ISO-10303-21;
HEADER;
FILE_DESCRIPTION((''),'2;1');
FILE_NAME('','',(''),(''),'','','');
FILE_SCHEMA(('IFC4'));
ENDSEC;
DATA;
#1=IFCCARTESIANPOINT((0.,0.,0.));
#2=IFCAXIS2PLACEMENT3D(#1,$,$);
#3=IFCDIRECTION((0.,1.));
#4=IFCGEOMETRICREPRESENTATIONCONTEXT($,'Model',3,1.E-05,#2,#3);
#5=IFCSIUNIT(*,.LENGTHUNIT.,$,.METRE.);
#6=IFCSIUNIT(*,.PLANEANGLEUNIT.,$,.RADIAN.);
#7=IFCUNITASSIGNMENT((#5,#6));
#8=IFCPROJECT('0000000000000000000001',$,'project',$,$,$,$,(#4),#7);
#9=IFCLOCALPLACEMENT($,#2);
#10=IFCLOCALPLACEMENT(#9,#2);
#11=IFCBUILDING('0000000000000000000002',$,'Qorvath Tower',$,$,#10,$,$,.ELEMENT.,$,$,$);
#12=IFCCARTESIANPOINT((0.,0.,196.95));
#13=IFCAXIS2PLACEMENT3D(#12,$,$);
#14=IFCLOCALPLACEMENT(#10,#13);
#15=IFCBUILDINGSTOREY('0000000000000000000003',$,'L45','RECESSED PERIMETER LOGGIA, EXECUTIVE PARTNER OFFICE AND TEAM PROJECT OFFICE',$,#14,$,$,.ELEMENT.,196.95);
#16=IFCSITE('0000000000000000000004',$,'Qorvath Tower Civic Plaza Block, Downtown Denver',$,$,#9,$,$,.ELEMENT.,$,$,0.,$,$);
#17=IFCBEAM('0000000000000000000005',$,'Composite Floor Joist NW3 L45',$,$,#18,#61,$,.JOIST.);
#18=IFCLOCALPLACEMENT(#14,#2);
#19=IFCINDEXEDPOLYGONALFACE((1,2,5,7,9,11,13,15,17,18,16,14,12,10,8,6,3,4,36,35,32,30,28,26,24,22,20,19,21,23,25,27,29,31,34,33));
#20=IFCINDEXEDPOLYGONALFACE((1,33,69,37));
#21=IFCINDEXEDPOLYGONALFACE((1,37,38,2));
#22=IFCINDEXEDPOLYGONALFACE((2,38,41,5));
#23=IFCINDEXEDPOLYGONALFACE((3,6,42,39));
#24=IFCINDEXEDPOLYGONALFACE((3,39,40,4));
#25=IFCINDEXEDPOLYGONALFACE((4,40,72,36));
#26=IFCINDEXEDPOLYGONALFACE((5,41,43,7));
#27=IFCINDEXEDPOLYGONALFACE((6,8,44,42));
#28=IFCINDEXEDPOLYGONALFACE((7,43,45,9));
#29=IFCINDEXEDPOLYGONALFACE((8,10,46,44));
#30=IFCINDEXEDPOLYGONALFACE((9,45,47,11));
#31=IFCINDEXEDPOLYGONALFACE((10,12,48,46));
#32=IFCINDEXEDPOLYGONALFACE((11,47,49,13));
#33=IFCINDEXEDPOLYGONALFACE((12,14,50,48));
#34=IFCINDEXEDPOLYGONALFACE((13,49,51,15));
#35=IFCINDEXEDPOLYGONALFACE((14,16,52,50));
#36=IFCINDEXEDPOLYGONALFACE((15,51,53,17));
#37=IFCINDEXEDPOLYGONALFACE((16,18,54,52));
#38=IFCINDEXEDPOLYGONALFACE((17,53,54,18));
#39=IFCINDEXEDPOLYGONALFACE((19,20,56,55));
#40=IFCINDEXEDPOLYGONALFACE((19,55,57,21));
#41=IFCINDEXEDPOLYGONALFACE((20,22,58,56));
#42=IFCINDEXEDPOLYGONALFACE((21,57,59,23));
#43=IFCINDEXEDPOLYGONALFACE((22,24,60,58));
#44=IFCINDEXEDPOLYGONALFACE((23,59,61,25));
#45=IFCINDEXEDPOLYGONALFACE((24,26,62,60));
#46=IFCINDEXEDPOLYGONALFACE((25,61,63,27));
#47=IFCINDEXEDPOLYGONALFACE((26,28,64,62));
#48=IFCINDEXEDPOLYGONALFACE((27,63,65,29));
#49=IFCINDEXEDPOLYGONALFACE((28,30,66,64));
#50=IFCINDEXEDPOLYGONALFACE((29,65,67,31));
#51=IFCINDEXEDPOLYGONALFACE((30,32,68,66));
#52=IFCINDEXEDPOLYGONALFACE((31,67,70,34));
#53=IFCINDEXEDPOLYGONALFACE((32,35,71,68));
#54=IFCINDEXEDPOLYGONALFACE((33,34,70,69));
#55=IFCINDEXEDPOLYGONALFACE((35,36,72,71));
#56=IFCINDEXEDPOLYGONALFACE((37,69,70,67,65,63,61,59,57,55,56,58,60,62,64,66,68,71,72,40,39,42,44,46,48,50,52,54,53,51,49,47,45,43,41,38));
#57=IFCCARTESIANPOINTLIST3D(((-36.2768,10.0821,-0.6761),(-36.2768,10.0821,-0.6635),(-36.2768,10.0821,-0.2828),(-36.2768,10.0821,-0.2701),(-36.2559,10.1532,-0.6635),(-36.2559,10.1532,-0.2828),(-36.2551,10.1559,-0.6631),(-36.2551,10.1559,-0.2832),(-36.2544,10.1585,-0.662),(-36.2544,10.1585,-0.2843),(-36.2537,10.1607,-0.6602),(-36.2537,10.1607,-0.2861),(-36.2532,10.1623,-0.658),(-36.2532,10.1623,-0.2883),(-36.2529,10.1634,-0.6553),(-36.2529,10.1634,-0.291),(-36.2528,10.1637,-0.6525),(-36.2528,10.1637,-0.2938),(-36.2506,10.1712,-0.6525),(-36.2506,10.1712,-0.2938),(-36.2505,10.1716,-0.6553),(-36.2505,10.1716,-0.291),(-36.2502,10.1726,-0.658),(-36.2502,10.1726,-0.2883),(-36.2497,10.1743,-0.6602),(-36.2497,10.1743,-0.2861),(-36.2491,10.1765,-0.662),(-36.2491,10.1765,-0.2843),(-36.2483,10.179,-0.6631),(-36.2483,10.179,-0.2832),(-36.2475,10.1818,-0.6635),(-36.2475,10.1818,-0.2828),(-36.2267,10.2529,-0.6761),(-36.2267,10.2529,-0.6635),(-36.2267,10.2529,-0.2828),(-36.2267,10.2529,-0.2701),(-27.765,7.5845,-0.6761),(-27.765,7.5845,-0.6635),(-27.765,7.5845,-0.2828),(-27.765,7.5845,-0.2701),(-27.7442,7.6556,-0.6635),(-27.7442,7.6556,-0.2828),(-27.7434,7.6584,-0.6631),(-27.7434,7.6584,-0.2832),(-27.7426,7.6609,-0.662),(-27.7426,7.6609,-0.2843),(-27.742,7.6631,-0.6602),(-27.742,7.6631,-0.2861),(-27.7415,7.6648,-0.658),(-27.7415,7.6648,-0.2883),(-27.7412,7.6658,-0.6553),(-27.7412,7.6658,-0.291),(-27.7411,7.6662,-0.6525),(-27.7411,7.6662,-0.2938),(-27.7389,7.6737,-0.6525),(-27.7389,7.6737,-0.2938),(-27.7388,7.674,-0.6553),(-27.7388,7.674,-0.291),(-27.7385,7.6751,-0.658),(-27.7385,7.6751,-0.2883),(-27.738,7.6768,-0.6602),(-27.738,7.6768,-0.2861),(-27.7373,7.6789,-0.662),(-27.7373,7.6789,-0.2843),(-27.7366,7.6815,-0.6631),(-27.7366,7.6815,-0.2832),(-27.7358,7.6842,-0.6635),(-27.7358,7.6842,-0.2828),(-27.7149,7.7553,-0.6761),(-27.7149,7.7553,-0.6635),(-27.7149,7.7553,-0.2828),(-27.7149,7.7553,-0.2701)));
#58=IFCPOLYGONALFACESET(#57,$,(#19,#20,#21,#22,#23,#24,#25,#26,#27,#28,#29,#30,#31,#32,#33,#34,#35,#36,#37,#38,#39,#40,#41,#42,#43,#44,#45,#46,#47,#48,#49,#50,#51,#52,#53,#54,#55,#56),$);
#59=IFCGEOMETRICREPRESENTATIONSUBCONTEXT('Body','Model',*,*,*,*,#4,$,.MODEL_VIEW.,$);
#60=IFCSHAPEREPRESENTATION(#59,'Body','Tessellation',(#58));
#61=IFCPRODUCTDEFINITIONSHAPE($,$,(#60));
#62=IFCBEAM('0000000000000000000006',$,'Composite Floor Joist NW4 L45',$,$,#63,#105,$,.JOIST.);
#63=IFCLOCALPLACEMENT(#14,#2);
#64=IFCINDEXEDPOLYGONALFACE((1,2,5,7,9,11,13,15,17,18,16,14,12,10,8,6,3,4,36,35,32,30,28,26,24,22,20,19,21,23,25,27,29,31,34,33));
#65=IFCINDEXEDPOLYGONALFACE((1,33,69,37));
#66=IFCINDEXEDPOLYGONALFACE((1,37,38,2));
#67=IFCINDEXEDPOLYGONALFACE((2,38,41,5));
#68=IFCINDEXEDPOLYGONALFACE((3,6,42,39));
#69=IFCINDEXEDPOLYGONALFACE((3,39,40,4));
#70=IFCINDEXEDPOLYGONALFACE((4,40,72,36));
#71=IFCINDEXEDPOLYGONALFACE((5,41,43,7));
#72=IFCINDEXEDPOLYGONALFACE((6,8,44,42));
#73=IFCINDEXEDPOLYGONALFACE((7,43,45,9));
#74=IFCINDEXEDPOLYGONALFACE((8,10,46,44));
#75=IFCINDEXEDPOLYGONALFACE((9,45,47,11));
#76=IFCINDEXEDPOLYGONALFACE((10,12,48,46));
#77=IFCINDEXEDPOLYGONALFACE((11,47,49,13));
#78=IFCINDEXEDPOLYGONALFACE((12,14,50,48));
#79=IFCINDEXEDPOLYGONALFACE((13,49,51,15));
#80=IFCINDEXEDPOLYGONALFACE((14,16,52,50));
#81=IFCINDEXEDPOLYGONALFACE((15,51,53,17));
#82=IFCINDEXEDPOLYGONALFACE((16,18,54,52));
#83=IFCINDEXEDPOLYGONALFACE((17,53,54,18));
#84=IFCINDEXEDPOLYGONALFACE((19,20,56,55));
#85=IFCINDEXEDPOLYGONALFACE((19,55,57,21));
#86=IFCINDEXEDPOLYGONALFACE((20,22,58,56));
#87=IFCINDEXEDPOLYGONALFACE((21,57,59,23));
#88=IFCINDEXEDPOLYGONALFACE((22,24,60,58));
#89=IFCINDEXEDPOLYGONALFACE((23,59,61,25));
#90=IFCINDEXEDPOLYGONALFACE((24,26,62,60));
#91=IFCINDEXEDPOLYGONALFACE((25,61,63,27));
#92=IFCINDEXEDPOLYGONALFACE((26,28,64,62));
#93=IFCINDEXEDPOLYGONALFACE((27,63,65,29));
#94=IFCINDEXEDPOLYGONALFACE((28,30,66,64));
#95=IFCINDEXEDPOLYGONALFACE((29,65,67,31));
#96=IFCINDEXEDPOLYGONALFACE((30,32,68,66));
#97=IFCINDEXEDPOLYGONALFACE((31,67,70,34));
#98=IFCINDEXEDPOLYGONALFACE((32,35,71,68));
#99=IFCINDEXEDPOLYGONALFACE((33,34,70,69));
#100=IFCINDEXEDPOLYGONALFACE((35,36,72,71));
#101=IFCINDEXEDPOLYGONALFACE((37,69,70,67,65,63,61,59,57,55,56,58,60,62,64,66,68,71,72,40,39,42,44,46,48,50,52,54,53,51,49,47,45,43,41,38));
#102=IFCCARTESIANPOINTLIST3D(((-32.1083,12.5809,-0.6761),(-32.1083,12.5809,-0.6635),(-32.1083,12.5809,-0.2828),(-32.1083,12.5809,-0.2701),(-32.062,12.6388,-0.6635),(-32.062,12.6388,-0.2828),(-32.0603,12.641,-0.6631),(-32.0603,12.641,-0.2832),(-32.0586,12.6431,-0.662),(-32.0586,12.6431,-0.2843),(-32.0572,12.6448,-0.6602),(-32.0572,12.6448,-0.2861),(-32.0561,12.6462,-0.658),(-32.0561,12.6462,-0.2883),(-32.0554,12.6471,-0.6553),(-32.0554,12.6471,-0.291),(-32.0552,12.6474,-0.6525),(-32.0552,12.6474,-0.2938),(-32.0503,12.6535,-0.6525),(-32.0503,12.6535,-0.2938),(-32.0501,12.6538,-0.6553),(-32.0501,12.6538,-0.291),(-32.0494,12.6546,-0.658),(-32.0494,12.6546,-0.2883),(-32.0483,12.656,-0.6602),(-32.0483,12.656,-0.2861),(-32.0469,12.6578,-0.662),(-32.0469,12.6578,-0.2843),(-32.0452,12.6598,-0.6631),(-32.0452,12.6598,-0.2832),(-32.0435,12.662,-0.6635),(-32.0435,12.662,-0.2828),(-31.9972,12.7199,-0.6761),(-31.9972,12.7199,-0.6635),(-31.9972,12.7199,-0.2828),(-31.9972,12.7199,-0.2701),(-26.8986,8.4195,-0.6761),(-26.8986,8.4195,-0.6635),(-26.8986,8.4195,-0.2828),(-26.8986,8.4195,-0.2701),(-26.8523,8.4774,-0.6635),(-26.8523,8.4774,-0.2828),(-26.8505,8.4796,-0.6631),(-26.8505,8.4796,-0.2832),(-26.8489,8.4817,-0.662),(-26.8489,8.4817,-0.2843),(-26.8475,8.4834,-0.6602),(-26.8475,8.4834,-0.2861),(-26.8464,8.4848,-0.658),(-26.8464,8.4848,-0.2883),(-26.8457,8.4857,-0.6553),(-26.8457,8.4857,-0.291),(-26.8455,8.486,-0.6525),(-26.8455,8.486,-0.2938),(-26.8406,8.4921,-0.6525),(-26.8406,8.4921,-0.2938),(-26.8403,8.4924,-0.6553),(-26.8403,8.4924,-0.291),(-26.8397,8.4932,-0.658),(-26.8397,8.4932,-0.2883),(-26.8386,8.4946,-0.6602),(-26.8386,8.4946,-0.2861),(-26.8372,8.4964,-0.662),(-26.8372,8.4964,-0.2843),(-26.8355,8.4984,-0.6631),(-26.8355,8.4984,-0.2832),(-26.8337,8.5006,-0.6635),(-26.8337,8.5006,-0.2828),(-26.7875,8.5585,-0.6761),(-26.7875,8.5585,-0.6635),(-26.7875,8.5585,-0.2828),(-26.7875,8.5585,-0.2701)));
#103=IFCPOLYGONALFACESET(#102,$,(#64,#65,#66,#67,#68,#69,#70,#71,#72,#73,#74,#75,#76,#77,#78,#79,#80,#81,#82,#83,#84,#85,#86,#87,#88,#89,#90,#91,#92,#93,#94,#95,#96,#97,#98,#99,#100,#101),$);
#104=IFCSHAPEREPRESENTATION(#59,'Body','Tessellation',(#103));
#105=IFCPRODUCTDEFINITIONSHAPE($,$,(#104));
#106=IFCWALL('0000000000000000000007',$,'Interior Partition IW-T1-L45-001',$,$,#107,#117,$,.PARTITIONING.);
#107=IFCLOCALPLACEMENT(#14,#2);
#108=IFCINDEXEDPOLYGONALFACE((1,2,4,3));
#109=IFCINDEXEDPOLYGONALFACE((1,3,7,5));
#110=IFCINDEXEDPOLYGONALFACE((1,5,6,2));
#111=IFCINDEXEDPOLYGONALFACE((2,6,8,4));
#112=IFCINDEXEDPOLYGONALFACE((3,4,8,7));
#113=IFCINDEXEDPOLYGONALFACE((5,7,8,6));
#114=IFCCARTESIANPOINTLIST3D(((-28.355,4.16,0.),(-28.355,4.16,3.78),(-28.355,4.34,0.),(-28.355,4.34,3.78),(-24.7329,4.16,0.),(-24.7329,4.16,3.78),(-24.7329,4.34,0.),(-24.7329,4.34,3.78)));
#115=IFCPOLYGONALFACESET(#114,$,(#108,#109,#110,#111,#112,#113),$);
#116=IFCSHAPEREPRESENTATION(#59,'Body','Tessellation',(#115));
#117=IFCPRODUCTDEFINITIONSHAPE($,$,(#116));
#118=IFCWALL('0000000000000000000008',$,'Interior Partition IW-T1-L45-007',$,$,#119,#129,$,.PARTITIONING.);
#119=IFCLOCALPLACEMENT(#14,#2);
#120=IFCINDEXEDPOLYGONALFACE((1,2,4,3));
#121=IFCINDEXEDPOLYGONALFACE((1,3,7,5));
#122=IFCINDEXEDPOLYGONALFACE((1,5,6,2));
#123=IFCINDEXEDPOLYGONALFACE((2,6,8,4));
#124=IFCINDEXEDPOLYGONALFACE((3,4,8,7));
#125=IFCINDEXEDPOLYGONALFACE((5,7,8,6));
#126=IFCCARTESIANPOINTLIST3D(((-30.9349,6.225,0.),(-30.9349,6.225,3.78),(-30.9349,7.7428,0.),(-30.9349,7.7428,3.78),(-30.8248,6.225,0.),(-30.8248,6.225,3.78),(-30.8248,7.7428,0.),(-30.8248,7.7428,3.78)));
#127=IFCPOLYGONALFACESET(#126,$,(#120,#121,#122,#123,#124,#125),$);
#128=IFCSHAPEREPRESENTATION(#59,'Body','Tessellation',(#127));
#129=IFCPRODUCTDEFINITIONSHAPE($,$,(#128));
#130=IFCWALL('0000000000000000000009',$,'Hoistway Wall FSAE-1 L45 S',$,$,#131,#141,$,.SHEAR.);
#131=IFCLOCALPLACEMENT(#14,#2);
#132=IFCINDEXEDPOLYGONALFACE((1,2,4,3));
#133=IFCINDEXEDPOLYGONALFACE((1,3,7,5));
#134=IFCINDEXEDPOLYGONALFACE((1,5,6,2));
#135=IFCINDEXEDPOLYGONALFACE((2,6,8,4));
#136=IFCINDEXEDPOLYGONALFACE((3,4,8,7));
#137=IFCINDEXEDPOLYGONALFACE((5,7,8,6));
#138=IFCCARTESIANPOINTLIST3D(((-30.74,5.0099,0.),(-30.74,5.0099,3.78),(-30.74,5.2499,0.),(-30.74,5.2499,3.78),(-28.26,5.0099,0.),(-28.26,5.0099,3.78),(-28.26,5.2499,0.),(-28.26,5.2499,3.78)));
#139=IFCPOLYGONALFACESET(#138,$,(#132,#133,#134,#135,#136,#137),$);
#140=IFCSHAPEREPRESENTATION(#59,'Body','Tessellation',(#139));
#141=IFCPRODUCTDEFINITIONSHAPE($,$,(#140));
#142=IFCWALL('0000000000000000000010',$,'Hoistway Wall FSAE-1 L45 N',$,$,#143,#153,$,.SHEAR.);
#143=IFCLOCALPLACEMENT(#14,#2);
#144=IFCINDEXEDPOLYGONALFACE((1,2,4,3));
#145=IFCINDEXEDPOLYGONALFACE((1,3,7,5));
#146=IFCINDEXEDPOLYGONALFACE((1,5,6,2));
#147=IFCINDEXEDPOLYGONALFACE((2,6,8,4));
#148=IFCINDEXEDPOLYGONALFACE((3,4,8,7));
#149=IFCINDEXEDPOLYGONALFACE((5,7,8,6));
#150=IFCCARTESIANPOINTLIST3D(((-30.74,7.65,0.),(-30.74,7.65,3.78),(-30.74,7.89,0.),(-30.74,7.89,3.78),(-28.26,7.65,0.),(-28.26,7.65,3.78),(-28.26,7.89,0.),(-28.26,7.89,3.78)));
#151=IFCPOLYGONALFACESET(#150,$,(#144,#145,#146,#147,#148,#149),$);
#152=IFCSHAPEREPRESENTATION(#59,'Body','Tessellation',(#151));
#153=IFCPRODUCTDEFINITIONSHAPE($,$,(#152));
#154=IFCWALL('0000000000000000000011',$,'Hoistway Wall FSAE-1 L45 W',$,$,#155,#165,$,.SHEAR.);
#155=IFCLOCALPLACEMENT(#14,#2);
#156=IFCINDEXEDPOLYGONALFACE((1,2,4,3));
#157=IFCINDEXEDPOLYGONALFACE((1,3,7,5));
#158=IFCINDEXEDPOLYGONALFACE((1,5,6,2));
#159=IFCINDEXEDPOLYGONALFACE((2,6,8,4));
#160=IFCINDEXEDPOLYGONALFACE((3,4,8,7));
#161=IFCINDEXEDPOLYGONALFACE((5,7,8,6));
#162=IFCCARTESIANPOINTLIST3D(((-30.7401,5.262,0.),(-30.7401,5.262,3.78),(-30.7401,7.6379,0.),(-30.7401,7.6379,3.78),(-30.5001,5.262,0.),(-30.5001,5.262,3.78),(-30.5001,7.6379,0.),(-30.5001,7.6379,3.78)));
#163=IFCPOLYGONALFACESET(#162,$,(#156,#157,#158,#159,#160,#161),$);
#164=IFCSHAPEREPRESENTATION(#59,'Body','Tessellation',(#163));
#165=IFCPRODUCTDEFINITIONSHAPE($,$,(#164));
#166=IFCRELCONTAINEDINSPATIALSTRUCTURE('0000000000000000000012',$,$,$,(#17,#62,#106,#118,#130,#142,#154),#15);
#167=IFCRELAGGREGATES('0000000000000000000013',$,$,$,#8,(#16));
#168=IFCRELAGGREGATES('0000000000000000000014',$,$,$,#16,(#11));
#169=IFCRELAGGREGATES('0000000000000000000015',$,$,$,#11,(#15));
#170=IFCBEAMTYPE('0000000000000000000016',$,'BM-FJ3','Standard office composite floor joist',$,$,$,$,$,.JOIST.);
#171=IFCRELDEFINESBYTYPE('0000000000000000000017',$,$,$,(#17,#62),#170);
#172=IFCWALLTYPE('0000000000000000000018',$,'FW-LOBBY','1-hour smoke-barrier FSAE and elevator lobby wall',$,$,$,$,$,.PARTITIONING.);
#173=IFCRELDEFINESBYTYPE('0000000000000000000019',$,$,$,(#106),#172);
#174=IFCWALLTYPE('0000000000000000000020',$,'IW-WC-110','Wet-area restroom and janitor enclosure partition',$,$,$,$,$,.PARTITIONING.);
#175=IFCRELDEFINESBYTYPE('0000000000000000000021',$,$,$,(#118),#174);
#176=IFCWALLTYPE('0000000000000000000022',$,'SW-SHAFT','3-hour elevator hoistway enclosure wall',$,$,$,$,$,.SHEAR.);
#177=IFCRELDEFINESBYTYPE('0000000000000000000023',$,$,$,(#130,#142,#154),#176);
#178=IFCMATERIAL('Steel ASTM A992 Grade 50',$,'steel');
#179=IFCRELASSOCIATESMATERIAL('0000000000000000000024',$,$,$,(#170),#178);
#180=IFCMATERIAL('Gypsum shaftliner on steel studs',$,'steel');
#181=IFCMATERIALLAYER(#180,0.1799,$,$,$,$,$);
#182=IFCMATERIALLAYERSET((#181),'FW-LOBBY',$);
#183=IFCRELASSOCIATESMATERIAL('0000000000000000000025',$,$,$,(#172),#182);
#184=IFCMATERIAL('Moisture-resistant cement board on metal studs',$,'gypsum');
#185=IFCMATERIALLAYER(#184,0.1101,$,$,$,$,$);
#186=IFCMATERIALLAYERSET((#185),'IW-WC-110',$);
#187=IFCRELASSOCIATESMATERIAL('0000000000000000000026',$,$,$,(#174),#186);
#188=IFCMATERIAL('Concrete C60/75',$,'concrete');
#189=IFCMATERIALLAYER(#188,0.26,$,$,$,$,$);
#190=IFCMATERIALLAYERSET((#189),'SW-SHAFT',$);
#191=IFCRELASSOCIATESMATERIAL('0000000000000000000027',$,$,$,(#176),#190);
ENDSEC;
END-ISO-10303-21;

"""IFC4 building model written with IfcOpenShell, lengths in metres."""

from ifc_helpers import new_model, si_unit, direction, frame, frame_2d, origin, origin_2d, place, context, subcontext, project, spatial, rectangle, i_section, extrude, material, layer, layer_set, material_profile, profile_set, type_object, element, save


model = new_model("IFC4")

# Units and contexts
model_context = context("Model", 3, precision=1e-05, world=origin(), true_north=direction((0.0, 1.0)))
body_context = subcontext(model_context, "Body", "Model", "MODEL_VIEW")
ifc_project = project(units=[si_unit("LENGTHUNIT", "METRE"), si_unit("PLANEANGLEUNIT", "RADIAN")], contexts=[model_context])

# Site, building, storey
site_placement = place(None, origin())
site = spatial("IfcSite", under=ifc_project, at=site_placement, Name="Qorvath Tower Civic Plaza Block, Downtown Denver", CompositionType="ELEMENT", RefElevation=0.0)
building_placement = place(site_placement, origin())
building = spatial("IfcBuilding", under=site, at=building_placement, Name="Qorvath Tower", CompositionType="ELEMENT")
storey_placement = place(building_placement, frame((0.0, 0.0, 196.95)))
storey = spatial("IfcBuildingStorey", under=building, at=storey_placement, Name="L45", Description="RECESSED PERIMETER LOGGIA, EXECUTIVE PARTNER OFFICE AND TEAM PROJECT OFFICE", CompositionType="ELEMENT", Elevation=196.95)

# Beams
ifc_material_1 = material(Name="Steel ASTM A992 Grade 50", Category="steel")
ifc_material_profile_1 = material_profile(ifc_material_1, i_section(OverallWidth=0.178, OverallDepth=0.406, WebThickness=0.0078, FlangeThickness=0.0127, FilletRadius=0.011, at=origin_2d()), Name="W16x40")
ifc_profile_set_1 = profile_set([ifc_material_profile_1], Name="Steel ASTM A992 Grade 50")
beam_type_1 = type_object("IfcBeamType", Name="BM-FJ3", Description="Standard office composite floor joist", PredefinedType="JOIST", material=ifc_profile_set_1)
beam_1_placement = place(storey_placement, frame((-27.74, 7.6699, -0.4731), z_axis=(-0.959545, 0.281555, 0.0), x_axis=(-0.281555, -0.959545, 0.0)))
element("IfcBeam", 1, at=beam_1_placement, inside=storey, type_object=beam_type_1, Name="Composite Floor Joist NW3 L45", PredefinedType="JOIST", context=body_context, shape_type="SweptSolid", body=[
    extrude(i_section(OverallWidth=0.178, OverallDepth=0.406, WebThickness=0.0078, FlangeThickness=0.0127, FilletRadius=0.011, at=origin_2d()), origin(), (0.0, 0.0, 1.0), 8.8706),
])
beam_2_placement = place(storey_placement, frame((-26.843, 8.489, -0.4731), z_axis=(-0.781337, 0.62411, 0.0), x_axis=(-0.62411, -0.781337, 0.0)))
element("IfcBeam", 2, at=beam_2_placement, inside=storey, type_object=beam_type_1, Name="Composite Floor Joist NW4 L45", PredefinedType="JOIST", context=body_context, shape_type="SweptSolid", body=[
    extrude(i_section(OverallWidth=0.178, OverallDepth=0.406, WebThickness=0.0078, FlangeThickness=0.0127, FilletRadius=0.011, at=origin_2d()), origin(), (0.0, 0.0, 1.0), 6.6677),
])

# Wall
ifc_material_2 = material(Name="Gypsum shaftliner on steel studs", Category="steel")
ifc_layer_1 = layer(ifc_material_2, 0.1799)
ifc_layer_set_1 = layer_set([ifc_layer_1], Name="FW-LOBBY")
wall_type_1 = type_object("IfcWallType", Name="FW-LOBBY", Description="1-hour smoke-barrier FSAE and elevator lobby wall", PredefinedType="PARTITIONING", material=ifc_layer_set_1)
wall_1_placement = place(storey_placement, frame((-28.355, 4.25, 0.0), z_axis=(0.0, 0.0, 1.0), x_axis=(1.0, 0.0, 0.0)))
element("IfcWall", 3, at=wall_1_placement, inside=storey, type_object=wall_type_1, Name="Interior Partition IW-T1-L45-001", PredefinedType="PARTITIONING", context=body_context, shape_type="SweptSolid", body=[
    extrude(rectangle(XDim=3.6221, YDim=0.1799, at=frame_2d((1.811, 0.0))), origin(), (0.0, 0.0, 1.0), 3.78),
])

# Walls
ifc_material_3 = material(Name="Moisture-resistant cement board on metal studs", Category="gypsum")
ifc_layer_2 = layer(ifc_material_3, 0.1101)
ifc_layer_set_2 = layer_set([ifc_layer_2], Name="IW-WC-110")
wall_type_2 = type_object("IfcWallType", Name="IW-WC-110", Description="Wet-area restroom and janitor enclosure partition", PredefinedType="PARTITIONING", material=ifc_layer_set_2)
wall_2_placement = place(storey_placement, frame((-30.8799, 6.2251, 0.0), z_axis=(0.0, 0.0, 1.0), x_axis=(0.0, 1.0, 0.0)))
element("IfcWall", 4, at=wall_2_placement, inside=storey, type_object=wall_type_2, Name="Interior Partition IW-T1-L45-007", PredefinedType="PARTITIONING", context=body_context, shape_type="SweptSolid", body=[
    extrude(rectangle(XDim=1.5178, YDim=0.1101, at=frame_2d((0.7588, 0.0))), origin(), (0.0, 0.0, 1.0), 3.78),
])
ifc_material_4 = material(Name="Concrete C60/75", Category="concrete")
ifc_layer_3 = layer(ifc_material_4, 0.26)
ifc_layer_set_3 = layer_set([ifc_layer_3], Name="SW-SHAFT")
wall_type_3 = type_object("IfcWallType", Name="SW-SHAFT", Description="3-hour elevator hoistway enclosure wall", PredefinedType="SHEAR", material=ifc_layer_set_3)
for number, where, z_axis, x_axis, name in (
    (5, (-28.26, 5.1299, 0.0), (0.0, 0.0, 1.0), (-1.0, 0.0, 0.0), "Hoistway Wall FSAE-1 L45 S"),
    (6, (-30.74, 7.77, 0.0), (0.0, 0.0, 1.0), (1.0, 0.0, 0.0), "Hoistway Wall FSAE-1 L45 N"),
):
    element("IfcWall", number, at=place(storey_placement, frame(where, z_axis=z_axis, x_axis=x_axis)), inside=storey, type_object=wall_type_3, Name=name, PredefinedType="SHEAR", context=body_context, shape_type="SweptSolid", body=[
        extrude(rectangle(XDim=2.48, YDim=0.24, at=frame_2d((1.24, 0.0))), origin(), (0.0, 0.0, 1.0), 3.78),
    ])
wall_3_placement = place(storey_placement, frame((-30.6201, 5.262, 0.0), z_axis=(0.0, 0.0, 1.0), x_axis=(0.0, 1.0, 0.0)))
element("IfcWall", 7, at=wall_3_placement, inside=storey, type_object=wall_type_3, Name="Hoistway Wall FSAE-1 L45 W", PredefinedType="SHEAR", context=body_context, shape_type="SweptSolid", body=[
    extrude(rectangle(XDim=2.376, YDim=0.24, at=frame_2d((1.188, 0.0))), origin(), (0.0, 0.0, 1.0), 3.78),
])

save(model, "model.ifc")
